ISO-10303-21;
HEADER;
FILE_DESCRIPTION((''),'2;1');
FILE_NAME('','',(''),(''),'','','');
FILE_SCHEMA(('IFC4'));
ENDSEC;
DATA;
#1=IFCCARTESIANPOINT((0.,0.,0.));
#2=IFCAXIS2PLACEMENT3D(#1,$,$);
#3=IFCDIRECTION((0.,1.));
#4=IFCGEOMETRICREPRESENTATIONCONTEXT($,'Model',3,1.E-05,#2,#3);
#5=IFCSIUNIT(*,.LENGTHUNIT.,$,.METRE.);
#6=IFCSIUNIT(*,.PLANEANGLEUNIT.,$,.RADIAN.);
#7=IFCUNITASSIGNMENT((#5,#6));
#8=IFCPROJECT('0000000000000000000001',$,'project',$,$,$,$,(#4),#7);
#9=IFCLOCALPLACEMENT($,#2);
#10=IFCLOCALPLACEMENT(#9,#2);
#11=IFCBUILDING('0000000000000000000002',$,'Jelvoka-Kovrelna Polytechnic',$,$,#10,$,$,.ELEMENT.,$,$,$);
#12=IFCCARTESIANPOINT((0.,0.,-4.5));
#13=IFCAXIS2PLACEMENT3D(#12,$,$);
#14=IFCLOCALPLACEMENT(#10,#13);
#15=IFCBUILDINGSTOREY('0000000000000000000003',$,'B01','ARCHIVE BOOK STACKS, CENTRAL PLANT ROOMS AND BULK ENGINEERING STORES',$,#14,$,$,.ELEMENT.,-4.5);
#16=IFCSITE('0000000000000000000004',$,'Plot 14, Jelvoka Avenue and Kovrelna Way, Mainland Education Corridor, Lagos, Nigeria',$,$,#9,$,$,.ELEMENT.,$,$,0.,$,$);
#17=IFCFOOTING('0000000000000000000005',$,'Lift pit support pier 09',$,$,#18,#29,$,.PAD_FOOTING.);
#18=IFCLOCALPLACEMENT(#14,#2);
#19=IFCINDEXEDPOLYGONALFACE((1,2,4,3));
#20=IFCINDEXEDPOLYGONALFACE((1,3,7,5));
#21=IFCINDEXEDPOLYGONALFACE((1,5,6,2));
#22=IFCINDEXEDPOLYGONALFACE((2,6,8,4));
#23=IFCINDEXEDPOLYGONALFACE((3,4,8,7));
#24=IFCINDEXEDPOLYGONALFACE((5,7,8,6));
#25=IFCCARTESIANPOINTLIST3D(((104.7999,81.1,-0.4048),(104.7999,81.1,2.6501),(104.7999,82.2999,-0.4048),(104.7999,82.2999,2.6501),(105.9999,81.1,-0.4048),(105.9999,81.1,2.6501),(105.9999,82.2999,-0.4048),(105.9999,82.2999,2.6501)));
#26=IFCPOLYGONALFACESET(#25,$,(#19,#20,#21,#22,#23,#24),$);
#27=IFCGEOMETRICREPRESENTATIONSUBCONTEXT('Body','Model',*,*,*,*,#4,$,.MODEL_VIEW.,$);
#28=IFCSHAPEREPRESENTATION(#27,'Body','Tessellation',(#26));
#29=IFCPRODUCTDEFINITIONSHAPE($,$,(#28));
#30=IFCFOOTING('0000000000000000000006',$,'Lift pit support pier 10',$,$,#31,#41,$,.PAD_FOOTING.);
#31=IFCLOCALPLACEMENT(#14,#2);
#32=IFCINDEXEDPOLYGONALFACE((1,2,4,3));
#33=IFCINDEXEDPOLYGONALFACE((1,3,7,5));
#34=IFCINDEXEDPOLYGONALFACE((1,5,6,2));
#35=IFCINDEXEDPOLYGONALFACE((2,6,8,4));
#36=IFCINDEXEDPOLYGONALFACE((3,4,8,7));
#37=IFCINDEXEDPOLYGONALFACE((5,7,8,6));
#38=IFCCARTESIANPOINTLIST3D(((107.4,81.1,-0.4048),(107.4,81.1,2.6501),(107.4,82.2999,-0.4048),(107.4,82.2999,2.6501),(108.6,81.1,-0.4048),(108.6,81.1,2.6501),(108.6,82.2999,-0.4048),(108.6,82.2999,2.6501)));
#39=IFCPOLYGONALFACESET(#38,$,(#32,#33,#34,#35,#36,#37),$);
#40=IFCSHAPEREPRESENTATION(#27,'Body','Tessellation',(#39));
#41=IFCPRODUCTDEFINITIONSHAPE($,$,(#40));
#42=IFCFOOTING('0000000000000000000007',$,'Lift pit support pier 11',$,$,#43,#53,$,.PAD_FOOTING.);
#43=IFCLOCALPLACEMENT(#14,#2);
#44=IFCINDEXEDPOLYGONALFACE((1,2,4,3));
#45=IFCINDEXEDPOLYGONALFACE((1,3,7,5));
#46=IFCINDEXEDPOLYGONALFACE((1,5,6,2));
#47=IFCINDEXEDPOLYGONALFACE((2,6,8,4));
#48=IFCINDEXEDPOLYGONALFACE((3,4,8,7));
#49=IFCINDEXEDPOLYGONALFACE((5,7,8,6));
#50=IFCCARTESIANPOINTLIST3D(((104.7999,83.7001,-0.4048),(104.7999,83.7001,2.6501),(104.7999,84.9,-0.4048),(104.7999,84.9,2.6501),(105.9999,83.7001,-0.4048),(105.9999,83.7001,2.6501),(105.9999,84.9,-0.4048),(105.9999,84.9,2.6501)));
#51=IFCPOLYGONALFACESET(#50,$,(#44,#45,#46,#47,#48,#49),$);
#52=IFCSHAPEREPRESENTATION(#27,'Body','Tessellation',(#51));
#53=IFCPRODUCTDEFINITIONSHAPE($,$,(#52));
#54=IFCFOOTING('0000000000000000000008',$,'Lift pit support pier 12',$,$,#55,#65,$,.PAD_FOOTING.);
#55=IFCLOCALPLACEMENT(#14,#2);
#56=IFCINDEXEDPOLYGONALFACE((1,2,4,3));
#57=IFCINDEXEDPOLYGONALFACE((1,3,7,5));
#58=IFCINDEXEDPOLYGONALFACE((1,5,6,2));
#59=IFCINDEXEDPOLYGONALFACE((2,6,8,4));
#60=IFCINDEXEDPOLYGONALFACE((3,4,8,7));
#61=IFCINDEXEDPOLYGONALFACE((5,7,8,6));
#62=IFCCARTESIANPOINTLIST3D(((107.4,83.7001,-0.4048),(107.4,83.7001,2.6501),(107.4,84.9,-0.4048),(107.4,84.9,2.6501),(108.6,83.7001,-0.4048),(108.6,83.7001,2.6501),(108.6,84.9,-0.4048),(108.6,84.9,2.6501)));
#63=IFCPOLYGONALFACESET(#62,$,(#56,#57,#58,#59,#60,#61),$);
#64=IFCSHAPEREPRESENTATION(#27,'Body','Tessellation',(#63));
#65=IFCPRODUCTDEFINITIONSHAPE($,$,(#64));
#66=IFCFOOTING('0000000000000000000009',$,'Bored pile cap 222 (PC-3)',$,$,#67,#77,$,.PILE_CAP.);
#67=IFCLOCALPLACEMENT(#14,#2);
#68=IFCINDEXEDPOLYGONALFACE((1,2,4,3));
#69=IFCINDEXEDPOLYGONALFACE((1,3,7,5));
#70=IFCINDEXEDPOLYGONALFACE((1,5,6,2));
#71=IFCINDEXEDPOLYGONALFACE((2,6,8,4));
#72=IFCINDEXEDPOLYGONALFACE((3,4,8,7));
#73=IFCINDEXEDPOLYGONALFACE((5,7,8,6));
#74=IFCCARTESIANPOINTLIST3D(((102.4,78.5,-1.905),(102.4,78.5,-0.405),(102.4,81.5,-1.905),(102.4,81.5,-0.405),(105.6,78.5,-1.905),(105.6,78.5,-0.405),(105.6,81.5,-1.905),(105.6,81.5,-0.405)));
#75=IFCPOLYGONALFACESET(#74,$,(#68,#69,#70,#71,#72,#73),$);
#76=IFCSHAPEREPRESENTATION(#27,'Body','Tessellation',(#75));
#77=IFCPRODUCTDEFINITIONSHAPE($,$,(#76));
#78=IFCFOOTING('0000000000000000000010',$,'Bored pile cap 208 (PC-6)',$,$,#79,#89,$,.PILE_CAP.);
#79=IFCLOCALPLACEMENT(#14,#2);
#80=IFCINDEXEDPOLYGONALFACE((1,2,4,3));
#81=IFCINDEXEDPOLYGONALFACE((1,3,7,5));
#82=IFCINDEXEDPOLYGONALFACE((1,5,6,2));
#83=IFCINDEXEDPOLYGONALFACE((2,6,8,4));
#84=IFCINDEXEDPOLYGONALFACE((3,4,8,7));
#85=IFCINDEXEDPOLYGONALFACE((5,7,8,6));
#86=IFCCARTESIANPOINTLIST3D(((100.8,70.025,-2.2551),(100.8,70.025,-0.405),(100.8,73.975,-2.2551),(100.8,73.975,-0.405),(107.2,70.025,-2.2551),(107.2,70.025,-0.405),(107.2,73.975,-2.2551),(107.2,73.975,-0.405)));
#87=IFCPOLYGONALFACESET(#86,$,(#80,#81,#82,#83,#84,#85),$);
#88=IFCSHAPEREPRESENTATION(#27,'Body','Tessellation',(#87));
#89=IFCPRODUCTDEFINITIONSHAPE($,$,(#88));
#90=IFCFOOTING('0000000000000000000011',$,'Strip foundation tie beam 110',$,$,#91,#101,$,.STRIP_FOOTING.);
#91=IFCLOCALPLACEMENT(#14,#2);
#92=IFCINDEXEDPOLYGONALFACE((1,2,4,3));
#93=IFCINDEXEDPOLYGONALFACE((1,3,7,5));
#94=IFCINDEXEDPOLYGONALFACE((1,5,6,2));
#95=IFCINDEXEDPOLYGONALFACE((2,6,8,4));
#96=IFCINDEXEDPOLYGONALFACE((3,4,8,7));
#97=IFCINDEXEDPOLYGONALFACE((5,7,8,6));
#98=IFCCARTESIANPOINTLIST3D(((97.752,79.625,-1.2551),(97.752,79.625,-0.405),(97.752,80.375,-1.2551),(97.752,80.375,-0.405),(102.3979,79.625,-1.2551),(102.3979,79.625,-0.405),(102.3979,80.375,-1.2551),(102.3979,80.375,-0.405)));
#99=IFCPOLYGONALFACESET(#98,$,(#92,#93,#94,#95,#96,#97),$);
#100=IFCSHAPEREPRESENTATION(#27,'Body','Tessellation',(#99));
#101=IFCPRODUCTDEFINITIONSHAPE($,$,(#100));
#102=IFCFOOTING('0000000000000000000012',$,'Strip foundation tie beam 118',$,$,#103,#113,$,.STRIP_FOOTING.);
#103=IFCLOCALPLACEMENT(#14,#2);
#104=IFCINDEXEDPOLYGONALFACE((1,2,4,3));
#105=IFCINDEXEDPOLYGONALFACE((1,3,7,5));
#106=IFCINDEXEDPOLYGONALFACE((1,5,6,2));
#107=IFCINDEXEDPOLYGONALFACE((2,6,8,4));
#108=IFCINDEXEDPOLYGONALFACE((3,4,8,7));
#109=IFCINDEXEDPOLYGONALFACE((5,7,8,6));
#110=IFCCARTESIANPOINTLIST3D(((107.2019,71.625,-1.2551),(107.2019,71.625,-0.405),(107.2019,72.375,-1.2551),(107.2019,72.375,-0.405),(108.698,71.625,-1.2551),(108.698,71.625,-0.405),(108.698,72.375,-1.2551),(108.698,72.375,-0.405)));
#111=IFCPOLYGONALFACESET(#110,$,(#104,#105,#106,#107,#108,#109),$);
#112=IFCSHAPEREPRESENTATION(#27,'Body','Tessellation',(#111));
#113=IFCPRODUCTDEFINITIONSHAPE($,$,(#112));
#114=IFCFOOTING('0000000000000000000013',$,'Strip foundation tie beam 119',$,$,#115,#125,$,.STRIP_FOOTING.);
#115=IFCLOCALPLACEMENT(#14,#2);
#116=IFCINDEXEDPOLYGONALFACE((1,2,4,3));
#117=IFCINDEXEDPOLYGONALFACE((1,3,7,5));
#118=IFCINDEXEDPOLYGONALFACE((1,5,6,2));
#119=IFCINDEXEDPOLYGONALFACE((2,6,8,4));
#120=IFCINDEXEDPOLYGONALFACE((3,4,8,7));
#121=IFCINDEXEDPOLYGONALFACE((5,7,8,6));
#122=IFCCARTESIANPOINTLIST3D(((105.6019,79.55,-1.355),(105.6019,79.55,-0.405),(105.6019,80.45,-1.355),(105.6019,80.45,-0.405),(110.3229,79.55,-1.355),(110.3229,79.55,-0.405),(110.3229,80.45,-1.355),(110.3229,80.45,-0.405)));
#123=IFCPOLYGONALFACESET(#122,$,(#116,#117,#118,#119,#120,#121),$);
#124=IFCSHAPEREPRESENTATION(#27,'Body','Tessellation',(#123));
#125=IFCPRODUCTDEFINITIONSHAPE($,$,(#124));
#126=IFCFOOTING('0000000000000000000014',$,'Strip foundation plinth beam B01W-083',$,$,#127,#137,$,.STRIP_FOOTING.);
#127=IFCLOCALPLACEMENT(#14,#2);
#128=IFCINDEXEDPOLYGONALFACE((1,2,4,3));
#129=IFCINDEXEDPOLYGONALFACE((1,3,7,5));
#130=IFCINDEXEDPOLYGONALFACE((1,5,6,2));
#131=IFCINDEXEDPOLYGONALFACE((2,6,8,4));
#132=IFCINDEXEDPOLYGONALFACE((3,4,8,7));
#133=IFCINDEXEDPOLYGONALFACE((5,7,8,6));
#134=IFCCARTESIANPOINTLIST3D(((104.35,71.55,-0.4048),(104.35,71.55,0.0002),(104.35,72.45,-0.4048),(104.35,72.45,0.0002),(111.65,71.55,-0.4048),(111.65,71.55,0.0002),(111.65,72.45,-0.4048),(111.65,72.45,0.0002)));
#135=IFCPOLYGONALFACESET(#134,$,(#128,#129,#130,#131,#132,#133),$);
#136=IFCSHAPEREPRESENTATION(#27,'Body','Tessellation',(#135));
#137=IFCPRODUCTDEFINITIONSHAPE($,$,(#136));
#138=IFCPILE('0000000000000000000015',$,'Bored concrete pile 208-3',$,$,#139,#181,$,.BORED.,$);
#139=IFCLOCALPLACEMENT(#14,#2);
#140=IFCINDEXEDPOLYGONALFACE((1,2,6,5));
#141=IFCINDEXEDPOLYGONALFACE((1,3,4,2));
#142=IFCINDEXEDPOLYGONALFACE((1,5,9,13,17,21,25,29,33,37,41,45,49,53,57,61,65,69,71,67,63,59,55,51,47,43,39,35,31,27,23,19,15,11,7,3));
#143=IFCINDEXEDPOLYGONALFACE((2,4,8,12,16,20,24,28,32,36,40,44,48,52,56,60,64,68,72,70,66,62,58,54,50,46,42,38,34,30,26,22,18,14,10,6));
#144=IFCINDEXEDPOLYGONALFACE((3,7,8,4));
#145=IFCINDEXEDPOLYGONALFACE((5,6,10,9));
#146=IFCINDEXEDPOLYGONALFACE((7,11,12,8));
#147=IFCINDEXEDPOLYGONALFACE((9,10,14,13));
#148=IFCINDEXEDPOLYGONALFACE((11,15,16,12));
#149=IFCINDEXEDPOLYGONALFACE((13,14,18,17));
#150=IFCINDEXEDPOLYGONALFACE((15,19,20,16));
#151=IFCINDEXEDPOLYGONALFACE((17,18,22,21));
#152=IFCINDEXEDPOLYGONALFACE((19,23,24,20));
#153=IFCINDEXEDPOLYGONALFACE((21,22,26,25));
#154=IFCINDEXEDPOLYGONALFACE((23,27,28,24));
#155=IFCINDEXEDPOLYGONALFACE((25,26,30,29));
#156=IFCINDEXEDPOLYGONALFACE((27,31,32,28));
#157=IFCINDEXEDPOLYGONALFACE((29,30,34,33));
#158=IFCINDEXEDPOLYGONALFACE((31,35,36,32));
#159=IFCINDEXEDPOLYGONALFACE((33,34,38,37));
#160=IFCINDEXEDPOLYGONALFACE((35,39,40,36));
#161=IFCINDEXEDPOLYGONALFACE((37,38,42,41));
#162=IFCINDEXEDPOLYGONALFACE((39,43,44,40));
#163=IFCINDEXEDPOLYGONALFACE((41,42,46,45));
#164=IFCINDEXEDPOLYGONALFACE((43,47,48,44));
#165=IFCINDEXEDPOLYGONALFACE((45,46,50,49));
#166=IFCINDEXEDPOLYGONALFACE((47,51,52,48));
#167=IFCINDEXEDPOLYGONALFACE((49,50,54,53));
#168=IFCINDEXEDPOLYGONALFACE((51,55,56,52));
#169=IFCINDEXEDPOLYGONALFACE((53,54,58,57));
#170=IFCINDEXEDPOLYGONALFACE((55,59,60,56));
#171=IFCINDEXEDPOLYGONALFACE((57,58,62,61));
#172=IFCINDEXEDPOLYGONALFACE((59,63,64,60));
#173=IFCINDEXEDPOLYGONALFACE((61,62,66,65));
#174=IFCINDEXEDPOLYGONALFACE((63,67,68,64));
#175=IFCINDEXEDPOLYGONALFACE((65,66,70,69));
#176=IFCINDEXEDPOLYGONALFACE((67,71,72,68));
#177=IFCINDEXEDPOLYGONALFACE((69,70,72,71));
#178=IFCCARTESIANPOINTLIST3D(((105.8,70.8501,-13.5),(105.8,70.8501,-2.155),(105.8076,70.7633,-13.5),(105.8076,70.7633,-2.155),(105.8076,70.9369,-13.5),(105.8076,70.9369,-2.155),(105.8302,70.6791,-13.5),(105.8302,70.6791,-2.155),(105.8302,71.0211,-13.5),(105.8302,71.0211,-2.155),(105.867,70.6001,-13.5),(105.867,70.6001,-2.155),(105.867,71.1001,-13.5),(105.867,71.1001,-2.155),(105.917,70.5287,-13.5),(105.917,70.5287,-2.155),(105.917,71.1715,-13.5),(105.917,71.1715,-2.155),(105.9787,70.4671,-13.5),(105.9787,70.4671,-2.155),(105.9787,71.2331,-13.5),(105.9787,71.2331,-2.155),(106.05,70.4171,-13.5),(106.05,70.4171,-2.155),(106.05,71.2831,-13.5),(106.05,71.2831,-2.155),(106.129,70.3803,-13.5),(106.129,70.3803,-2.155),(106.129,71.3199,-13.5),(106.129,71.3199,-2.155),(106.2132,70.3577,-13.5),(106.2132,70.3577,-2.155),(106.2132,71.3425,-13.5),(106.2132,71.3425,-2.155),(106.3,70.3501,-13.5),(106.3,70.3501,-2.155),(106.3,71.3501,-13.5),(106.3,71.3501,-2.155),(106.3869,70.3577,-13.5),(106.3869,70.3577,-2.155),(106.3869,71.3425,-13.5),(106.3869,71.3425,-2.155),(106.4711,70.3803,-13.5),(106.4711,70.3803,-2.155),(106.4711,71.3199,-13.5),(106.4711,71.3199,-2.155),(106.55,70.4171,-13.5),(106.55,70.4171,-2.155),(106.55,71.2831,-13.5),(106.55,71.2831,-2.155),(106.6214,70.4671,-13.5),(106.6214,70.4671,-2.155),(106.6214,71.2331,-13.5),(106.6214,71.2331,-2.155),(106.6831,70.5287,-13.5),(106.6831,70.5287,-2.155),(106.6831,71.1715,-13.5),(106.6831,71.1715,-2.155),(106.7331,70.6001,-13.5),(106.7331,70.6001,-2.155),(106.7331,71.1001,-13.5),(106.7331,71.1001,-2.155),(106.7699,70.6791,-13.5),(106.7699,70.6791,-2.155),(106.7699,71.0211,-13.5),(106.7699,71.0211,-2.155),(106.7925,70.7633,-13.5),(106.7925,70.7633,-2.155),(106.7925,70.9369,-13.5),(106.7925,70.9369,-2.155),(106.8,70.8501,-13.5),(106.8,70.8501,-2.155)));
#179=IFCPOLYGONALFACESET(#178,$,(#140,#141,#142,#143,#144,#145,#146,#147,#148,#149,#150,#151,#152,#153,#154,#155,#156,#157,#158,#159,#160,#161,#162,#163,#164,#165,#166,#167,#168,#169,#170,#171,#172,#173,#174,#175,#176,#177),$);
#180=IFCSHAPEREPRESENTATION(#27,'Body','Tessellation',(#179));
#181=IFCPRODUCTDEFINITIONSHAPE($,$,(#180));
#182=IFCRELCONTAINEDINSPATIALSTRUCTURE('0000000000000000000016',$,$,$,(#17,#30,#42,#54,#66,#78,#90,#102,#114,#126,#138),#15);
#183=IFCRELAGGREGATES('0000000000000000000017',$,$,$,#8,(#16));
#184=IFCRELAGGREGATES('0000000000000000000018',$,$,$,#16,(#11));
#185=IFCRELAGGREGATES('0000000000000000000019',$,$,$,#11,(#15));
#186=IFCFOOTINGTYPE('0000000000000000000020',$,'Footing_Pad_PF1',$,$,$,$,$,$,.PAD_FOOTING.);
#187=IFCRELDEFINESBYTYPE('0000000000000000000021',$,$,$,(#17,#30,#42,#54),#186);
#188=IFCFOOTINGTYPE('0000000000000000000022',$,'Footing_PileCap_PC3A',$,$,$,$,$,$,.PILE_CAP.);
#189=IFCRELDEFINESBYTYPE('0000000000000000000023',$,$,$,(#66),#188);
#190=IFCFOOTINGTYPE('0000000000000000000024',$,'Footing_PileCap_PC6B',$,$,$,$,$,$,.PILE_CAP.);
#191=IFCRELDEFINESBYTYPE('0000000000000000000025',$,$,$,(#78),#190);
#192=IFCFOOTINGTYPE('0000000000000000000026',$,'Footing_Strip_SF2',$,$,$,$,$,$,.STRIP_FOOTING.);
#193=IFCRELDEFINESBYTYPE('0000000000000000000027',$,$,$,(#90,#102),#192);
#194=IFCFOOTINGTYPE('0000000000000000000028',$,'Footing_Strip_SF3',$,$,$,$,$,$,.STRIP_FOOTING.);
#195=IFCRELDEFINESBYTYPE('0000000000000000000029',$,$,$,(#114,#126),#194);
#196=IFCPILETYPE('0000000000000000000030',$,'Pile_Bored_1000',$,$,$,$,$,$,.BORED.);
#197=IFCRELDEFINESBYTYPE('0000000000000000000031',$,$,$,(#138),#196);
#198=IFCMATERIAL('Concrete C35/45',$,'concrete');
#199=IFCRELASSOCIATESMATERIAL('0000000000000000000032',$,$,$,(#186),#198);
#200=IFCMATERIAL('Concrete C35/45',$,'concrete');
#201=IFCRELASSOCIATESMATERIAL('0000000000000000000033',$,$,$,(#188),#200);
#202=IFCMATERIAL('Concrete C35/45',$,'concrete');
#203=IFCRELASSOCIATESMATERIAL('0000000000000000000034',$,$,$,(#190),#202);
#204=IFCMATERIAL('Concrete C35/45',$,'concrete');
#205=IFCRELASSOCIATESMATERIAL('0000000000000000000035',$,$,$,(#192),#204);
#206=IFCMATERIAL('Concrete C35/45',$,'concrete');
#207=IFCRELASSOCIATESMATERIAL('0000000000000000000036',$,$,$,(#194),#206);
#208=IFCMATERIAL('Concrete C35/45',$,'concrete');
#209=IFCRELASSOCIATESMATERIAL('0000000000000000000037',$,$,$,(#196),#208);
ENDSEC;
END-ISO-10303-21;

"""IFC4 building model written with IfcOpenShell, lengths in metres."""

from ifc_helpers import new_model, si_unit, direction, frame, origin, origin_2d, place, context, subcontext, project, spatial, rectangle, circle, extrude, material, material_profile, profile_set, type_object, element, save


model = new_model("IFC4")

# Units and contexts
model_context = context("Model", 3, precision=1e-05, world=origin(), true_north=direction((0.0, 1.0)))
body_context = subcontext(model_context, "Body", "Model", "MODEL_VIEW")
ifc_project = project(units=[si_unit("LENGTHUNIT", "METRE"), si_unit("PLANEANGLEUNIT", "RADIAN")], contexts=[model_context])

# Site, building, storey
site_placement = place(None, origin())
site = spatial("IfcSite", under=ifc_project, at=site_placement, Name="Plot 14, Jelvoka Avenue and Kovrelna Way, Mainland Education Corridor, Lagos, Nigeria", CompositionType="ELEMENT", RefElevation=0.0)
building_placement = place(site_placement, origin())
building = spatial("IfcBuilding", under=site, at=building_placement, Name="Jelvoka-Kovrelna Polytechnic", CompositionType="ELEMENT")
storey_placement = place(building_placement, frame((0.0, 0.0, -4.5)))
storey = spatial("IfcBuildingStorey", under=building, at=storey_placement, Name="B01", Description="ARCHIVE BOOK STACKS, CENTRAL PLANT ROOMS AND BULK ENGINEERING STORES", CompositionType="ELEMENT", Elevation=-4.5)

# Footings
ifc_material_1 = material(Name="Concrete C35/45", Category="concrete")
footing_type_1 = type_object("IfcFootingType", Name="Footing_Pad_PF1", PredefinedType="PAD_FOOTING", material=ifc_material_1)
for number, where, z_axis, x_axis, name in (
    (1, (105.3999, 81.7, -0.4048), (0.0, 0.0, 1.0), (1.0, 0.0, 0.0), "Lift pit support pier 09"),
    (2, (108.0, 81.7, -0.4048), (0.0, 0.0, 1.0), (1.0, 0.0, 0.0), "Lift pit support pier 10"),
    (3, (105.3999, 84.3, -0.4048), (0.0, 0.0, 1.0), (1.0, 0.0, 0.0), "Lift pit support pier 11"),
    (4, (108.0, 84.3, -0.4048), (0.0, 0.0, 1.0), (1.0, 0.0, 0.0), "Lift pit support pier 12"),
):
    element("IfcFooting", number, at=place(storey_placement, frame(where, z_axis=z_axis, x_axis=x_axis)), inside=storey, type_object=footing_type_1, Name=name, PredefinedType="PAD_FOOTING", context=body_context, shape_type="SweptSolid", body=[
        extrude(rectangle(XDim=1.2, YDim=1.2, at=origin_2d()), origin(), (0.0, 0.0, 1.0), 3.0549),
    ])
ifc_material_2 = material(Name="Concrete C35/45", Category="concrete")
footing_type_2 = type_object("IfcFootingType", Name="Footing_PileCap_PC3A", PredefinedType="PILE_CAP", material=ifc_material_2)
footing_1_placement = place(storey_placement, frame((104.0, 80.0, -1.905), z_axis=(0.0, 0.0, 1.0), x_axis=(1.0, 0.0, 0.0)))
element("IfcFooting", 5, at=footing_1_placement, inside=storey, type_object=footing_type_2, Name="Bored pile cap 222 (PC-3)", PredefinedType="PILE_CAP", context=body_context, shape_type="SweptSolid", body=[
    extrude(rectangle(XDim=3.2, YDim=3.0, at=origin_2d()), origin(), (0.0, 0.0, 1.0), 1.5),
])
ifc_material_3 = material(Name="Concrete C35/45", Category="concrete")
footing_type_3 = type_object("IfcFootingType", Name="Footing_PileCap_PC6B", PredefinedType="PILE_CAP", material=ifc_material_3)
footing_2_placement = place(storey_placement, frame((104.0, 72.0, -2.2551), z_axis=(0.0, 0.0, 1.0), x_axis=(1.0, 0.0, 0.0)))
element("IfcFooting", 6, at=footing_2_placement, inside=storey, type_object=footing_type_3, Name="Bored pile cap 208 (PC-6)", PredefinedType="PILE_CAP", context=body_context, shape_type="SweptSolid", body=[
    extrude(rectangle(XDim=6.3999, YDim=3.95, at=origin_2d()), origin(), (0.0, 0.0, 1.0), 1.8501),
])
ifc_material_4 = material(Name="Concrete C35/45", Category="concrete")
footing_type_4 = type_object("IfcFootingType", Name="Footing_Strip_SF2", PredefinedType="STRIP_FOOTING", material=ifc_material_4)
footing_3_placement = place(storey_placement, frame((100.075, 80.0, -1.2551), z_axis=(0.0, 0.0, 1.0), x_axis=(1.0, 0.0, 0.0)))
element("IfcFooting", 7, at=footing_3_placement, inside=storey, type_object=footing_type_4, Name="Strip foundation tie beam 110", PredefinedType="STRIP_FOOTING", context=body_context, shape_type="SweptSolid", body=[
    extrude(rectangle(XDim=4.646, YDim=0.75, at=origin_2d()), origin(), (0.0, 0.0, 1.0), 0.8501),
])
footing_4_placement = place(storey_placement, frame((107.95, 72.0, -1.2551), z_axis=(0.0, 0.0, 1.0), x_axis=(1.0, 0.0, 0.0)))
element("IfcFooting", 8, at=footing_4_placement, inside=storey, type_object=footing_type_4, Name="Strip foundation tie beam 118", PredefinedType="STRIP_FOOTING", context=body_context, shape_type="SweptSolid", body=[
    extrude(rectangle(XDim=1.4961, YDim=0.75, at=origin_2d()), origin(), (0.0, 0.0, 1.0), 0.8501),
])
ifc_material_5 = material(Name="Concrete C35/45", Category="concrete")
footing_type_5 = type_object("IfcFootingType", Name="Footing_Strip_SF3", PredefinedType="STRIP_FOOTING", material=ifc_material_5)
footing_5_placement = place(storey_placement, frame((107.9624, 80.0, -1.355), z_axis=(0.0, 0.0, 1.0), x_axis=(1.0, 0.0, 0.0)))
element("IfcFooting", 9, at=footing_5_placement, inside=storey, type_object=footing_type_5, Name="Strip foundation tie beam 119", PredefinedType="STRIP_FOOTING", context=body_context, shape_type="SweptSolid", body=[
    extrude(rectangle(XDim=4.7209, YDim=0.8999, at=origin_2d()), origin(), (0.0, 0.0, 1.0), 0.95),
])
footing_6_placement = place(storey_placement, frame((108.0, 72.0, -0.4048), z_axis=(0.0, 0.0, 1.0), x_axis=(1.0, 0.0, 0.0)))
element("IfcFooting", 10, at=footing_6_placement, inside=storey, type_object=footing_type_5, Name="Strip foundation plinth beam B01W-083", PredefinedType="STRIP_FOOTING", context=body_context, shape_type="SweptSolid", body=[
    extrude(rectangle(XDim=7.3, YDim=0.8999, at=origin_2d()), origin(), (0.0, 0.0, 1.0), 0.405),
])

# Pile
ifc_material_6 = material(Name="Concrete C35/45", Category="concrete")
ifc_material_profile_1 = material_profile(ifc_material_6, circle(Radius=0.5, at=origin_2d()), Name="PILE D1000")
ifc_profile_set_1 = profile_set([ifc_material_profile_1], Name="Concrete C35/45")
pile_type_1 = type_object("IfcPileType", Name="Pile_Bored_1000", PredefinedType="BORED", material=ifc_profile_set_1)
for number, where, z_axis, x_axis, name in (
    (11, (106.3, 70.8501, -2.155), (0.0, 0.0, -1.0), (1.0, 0.0, 0.0), "Bored concrete pile 208-3"),
):
    element("IfcPile", number, at=place(storey_placement, frame(where, z_axis=z_axis, x_axis=x_axis)), inside=storey, type_object=pile_type_1, Name=name, PredefinedType="BORED", context=body_context, shape_type="SweptSolid", body=[
        extrude(circle(Radius=0.5, at=origin_2d()), origin(), (0.0, 0.0, 1.0), 11.345),
    ])

save(model, "model.ifc")
